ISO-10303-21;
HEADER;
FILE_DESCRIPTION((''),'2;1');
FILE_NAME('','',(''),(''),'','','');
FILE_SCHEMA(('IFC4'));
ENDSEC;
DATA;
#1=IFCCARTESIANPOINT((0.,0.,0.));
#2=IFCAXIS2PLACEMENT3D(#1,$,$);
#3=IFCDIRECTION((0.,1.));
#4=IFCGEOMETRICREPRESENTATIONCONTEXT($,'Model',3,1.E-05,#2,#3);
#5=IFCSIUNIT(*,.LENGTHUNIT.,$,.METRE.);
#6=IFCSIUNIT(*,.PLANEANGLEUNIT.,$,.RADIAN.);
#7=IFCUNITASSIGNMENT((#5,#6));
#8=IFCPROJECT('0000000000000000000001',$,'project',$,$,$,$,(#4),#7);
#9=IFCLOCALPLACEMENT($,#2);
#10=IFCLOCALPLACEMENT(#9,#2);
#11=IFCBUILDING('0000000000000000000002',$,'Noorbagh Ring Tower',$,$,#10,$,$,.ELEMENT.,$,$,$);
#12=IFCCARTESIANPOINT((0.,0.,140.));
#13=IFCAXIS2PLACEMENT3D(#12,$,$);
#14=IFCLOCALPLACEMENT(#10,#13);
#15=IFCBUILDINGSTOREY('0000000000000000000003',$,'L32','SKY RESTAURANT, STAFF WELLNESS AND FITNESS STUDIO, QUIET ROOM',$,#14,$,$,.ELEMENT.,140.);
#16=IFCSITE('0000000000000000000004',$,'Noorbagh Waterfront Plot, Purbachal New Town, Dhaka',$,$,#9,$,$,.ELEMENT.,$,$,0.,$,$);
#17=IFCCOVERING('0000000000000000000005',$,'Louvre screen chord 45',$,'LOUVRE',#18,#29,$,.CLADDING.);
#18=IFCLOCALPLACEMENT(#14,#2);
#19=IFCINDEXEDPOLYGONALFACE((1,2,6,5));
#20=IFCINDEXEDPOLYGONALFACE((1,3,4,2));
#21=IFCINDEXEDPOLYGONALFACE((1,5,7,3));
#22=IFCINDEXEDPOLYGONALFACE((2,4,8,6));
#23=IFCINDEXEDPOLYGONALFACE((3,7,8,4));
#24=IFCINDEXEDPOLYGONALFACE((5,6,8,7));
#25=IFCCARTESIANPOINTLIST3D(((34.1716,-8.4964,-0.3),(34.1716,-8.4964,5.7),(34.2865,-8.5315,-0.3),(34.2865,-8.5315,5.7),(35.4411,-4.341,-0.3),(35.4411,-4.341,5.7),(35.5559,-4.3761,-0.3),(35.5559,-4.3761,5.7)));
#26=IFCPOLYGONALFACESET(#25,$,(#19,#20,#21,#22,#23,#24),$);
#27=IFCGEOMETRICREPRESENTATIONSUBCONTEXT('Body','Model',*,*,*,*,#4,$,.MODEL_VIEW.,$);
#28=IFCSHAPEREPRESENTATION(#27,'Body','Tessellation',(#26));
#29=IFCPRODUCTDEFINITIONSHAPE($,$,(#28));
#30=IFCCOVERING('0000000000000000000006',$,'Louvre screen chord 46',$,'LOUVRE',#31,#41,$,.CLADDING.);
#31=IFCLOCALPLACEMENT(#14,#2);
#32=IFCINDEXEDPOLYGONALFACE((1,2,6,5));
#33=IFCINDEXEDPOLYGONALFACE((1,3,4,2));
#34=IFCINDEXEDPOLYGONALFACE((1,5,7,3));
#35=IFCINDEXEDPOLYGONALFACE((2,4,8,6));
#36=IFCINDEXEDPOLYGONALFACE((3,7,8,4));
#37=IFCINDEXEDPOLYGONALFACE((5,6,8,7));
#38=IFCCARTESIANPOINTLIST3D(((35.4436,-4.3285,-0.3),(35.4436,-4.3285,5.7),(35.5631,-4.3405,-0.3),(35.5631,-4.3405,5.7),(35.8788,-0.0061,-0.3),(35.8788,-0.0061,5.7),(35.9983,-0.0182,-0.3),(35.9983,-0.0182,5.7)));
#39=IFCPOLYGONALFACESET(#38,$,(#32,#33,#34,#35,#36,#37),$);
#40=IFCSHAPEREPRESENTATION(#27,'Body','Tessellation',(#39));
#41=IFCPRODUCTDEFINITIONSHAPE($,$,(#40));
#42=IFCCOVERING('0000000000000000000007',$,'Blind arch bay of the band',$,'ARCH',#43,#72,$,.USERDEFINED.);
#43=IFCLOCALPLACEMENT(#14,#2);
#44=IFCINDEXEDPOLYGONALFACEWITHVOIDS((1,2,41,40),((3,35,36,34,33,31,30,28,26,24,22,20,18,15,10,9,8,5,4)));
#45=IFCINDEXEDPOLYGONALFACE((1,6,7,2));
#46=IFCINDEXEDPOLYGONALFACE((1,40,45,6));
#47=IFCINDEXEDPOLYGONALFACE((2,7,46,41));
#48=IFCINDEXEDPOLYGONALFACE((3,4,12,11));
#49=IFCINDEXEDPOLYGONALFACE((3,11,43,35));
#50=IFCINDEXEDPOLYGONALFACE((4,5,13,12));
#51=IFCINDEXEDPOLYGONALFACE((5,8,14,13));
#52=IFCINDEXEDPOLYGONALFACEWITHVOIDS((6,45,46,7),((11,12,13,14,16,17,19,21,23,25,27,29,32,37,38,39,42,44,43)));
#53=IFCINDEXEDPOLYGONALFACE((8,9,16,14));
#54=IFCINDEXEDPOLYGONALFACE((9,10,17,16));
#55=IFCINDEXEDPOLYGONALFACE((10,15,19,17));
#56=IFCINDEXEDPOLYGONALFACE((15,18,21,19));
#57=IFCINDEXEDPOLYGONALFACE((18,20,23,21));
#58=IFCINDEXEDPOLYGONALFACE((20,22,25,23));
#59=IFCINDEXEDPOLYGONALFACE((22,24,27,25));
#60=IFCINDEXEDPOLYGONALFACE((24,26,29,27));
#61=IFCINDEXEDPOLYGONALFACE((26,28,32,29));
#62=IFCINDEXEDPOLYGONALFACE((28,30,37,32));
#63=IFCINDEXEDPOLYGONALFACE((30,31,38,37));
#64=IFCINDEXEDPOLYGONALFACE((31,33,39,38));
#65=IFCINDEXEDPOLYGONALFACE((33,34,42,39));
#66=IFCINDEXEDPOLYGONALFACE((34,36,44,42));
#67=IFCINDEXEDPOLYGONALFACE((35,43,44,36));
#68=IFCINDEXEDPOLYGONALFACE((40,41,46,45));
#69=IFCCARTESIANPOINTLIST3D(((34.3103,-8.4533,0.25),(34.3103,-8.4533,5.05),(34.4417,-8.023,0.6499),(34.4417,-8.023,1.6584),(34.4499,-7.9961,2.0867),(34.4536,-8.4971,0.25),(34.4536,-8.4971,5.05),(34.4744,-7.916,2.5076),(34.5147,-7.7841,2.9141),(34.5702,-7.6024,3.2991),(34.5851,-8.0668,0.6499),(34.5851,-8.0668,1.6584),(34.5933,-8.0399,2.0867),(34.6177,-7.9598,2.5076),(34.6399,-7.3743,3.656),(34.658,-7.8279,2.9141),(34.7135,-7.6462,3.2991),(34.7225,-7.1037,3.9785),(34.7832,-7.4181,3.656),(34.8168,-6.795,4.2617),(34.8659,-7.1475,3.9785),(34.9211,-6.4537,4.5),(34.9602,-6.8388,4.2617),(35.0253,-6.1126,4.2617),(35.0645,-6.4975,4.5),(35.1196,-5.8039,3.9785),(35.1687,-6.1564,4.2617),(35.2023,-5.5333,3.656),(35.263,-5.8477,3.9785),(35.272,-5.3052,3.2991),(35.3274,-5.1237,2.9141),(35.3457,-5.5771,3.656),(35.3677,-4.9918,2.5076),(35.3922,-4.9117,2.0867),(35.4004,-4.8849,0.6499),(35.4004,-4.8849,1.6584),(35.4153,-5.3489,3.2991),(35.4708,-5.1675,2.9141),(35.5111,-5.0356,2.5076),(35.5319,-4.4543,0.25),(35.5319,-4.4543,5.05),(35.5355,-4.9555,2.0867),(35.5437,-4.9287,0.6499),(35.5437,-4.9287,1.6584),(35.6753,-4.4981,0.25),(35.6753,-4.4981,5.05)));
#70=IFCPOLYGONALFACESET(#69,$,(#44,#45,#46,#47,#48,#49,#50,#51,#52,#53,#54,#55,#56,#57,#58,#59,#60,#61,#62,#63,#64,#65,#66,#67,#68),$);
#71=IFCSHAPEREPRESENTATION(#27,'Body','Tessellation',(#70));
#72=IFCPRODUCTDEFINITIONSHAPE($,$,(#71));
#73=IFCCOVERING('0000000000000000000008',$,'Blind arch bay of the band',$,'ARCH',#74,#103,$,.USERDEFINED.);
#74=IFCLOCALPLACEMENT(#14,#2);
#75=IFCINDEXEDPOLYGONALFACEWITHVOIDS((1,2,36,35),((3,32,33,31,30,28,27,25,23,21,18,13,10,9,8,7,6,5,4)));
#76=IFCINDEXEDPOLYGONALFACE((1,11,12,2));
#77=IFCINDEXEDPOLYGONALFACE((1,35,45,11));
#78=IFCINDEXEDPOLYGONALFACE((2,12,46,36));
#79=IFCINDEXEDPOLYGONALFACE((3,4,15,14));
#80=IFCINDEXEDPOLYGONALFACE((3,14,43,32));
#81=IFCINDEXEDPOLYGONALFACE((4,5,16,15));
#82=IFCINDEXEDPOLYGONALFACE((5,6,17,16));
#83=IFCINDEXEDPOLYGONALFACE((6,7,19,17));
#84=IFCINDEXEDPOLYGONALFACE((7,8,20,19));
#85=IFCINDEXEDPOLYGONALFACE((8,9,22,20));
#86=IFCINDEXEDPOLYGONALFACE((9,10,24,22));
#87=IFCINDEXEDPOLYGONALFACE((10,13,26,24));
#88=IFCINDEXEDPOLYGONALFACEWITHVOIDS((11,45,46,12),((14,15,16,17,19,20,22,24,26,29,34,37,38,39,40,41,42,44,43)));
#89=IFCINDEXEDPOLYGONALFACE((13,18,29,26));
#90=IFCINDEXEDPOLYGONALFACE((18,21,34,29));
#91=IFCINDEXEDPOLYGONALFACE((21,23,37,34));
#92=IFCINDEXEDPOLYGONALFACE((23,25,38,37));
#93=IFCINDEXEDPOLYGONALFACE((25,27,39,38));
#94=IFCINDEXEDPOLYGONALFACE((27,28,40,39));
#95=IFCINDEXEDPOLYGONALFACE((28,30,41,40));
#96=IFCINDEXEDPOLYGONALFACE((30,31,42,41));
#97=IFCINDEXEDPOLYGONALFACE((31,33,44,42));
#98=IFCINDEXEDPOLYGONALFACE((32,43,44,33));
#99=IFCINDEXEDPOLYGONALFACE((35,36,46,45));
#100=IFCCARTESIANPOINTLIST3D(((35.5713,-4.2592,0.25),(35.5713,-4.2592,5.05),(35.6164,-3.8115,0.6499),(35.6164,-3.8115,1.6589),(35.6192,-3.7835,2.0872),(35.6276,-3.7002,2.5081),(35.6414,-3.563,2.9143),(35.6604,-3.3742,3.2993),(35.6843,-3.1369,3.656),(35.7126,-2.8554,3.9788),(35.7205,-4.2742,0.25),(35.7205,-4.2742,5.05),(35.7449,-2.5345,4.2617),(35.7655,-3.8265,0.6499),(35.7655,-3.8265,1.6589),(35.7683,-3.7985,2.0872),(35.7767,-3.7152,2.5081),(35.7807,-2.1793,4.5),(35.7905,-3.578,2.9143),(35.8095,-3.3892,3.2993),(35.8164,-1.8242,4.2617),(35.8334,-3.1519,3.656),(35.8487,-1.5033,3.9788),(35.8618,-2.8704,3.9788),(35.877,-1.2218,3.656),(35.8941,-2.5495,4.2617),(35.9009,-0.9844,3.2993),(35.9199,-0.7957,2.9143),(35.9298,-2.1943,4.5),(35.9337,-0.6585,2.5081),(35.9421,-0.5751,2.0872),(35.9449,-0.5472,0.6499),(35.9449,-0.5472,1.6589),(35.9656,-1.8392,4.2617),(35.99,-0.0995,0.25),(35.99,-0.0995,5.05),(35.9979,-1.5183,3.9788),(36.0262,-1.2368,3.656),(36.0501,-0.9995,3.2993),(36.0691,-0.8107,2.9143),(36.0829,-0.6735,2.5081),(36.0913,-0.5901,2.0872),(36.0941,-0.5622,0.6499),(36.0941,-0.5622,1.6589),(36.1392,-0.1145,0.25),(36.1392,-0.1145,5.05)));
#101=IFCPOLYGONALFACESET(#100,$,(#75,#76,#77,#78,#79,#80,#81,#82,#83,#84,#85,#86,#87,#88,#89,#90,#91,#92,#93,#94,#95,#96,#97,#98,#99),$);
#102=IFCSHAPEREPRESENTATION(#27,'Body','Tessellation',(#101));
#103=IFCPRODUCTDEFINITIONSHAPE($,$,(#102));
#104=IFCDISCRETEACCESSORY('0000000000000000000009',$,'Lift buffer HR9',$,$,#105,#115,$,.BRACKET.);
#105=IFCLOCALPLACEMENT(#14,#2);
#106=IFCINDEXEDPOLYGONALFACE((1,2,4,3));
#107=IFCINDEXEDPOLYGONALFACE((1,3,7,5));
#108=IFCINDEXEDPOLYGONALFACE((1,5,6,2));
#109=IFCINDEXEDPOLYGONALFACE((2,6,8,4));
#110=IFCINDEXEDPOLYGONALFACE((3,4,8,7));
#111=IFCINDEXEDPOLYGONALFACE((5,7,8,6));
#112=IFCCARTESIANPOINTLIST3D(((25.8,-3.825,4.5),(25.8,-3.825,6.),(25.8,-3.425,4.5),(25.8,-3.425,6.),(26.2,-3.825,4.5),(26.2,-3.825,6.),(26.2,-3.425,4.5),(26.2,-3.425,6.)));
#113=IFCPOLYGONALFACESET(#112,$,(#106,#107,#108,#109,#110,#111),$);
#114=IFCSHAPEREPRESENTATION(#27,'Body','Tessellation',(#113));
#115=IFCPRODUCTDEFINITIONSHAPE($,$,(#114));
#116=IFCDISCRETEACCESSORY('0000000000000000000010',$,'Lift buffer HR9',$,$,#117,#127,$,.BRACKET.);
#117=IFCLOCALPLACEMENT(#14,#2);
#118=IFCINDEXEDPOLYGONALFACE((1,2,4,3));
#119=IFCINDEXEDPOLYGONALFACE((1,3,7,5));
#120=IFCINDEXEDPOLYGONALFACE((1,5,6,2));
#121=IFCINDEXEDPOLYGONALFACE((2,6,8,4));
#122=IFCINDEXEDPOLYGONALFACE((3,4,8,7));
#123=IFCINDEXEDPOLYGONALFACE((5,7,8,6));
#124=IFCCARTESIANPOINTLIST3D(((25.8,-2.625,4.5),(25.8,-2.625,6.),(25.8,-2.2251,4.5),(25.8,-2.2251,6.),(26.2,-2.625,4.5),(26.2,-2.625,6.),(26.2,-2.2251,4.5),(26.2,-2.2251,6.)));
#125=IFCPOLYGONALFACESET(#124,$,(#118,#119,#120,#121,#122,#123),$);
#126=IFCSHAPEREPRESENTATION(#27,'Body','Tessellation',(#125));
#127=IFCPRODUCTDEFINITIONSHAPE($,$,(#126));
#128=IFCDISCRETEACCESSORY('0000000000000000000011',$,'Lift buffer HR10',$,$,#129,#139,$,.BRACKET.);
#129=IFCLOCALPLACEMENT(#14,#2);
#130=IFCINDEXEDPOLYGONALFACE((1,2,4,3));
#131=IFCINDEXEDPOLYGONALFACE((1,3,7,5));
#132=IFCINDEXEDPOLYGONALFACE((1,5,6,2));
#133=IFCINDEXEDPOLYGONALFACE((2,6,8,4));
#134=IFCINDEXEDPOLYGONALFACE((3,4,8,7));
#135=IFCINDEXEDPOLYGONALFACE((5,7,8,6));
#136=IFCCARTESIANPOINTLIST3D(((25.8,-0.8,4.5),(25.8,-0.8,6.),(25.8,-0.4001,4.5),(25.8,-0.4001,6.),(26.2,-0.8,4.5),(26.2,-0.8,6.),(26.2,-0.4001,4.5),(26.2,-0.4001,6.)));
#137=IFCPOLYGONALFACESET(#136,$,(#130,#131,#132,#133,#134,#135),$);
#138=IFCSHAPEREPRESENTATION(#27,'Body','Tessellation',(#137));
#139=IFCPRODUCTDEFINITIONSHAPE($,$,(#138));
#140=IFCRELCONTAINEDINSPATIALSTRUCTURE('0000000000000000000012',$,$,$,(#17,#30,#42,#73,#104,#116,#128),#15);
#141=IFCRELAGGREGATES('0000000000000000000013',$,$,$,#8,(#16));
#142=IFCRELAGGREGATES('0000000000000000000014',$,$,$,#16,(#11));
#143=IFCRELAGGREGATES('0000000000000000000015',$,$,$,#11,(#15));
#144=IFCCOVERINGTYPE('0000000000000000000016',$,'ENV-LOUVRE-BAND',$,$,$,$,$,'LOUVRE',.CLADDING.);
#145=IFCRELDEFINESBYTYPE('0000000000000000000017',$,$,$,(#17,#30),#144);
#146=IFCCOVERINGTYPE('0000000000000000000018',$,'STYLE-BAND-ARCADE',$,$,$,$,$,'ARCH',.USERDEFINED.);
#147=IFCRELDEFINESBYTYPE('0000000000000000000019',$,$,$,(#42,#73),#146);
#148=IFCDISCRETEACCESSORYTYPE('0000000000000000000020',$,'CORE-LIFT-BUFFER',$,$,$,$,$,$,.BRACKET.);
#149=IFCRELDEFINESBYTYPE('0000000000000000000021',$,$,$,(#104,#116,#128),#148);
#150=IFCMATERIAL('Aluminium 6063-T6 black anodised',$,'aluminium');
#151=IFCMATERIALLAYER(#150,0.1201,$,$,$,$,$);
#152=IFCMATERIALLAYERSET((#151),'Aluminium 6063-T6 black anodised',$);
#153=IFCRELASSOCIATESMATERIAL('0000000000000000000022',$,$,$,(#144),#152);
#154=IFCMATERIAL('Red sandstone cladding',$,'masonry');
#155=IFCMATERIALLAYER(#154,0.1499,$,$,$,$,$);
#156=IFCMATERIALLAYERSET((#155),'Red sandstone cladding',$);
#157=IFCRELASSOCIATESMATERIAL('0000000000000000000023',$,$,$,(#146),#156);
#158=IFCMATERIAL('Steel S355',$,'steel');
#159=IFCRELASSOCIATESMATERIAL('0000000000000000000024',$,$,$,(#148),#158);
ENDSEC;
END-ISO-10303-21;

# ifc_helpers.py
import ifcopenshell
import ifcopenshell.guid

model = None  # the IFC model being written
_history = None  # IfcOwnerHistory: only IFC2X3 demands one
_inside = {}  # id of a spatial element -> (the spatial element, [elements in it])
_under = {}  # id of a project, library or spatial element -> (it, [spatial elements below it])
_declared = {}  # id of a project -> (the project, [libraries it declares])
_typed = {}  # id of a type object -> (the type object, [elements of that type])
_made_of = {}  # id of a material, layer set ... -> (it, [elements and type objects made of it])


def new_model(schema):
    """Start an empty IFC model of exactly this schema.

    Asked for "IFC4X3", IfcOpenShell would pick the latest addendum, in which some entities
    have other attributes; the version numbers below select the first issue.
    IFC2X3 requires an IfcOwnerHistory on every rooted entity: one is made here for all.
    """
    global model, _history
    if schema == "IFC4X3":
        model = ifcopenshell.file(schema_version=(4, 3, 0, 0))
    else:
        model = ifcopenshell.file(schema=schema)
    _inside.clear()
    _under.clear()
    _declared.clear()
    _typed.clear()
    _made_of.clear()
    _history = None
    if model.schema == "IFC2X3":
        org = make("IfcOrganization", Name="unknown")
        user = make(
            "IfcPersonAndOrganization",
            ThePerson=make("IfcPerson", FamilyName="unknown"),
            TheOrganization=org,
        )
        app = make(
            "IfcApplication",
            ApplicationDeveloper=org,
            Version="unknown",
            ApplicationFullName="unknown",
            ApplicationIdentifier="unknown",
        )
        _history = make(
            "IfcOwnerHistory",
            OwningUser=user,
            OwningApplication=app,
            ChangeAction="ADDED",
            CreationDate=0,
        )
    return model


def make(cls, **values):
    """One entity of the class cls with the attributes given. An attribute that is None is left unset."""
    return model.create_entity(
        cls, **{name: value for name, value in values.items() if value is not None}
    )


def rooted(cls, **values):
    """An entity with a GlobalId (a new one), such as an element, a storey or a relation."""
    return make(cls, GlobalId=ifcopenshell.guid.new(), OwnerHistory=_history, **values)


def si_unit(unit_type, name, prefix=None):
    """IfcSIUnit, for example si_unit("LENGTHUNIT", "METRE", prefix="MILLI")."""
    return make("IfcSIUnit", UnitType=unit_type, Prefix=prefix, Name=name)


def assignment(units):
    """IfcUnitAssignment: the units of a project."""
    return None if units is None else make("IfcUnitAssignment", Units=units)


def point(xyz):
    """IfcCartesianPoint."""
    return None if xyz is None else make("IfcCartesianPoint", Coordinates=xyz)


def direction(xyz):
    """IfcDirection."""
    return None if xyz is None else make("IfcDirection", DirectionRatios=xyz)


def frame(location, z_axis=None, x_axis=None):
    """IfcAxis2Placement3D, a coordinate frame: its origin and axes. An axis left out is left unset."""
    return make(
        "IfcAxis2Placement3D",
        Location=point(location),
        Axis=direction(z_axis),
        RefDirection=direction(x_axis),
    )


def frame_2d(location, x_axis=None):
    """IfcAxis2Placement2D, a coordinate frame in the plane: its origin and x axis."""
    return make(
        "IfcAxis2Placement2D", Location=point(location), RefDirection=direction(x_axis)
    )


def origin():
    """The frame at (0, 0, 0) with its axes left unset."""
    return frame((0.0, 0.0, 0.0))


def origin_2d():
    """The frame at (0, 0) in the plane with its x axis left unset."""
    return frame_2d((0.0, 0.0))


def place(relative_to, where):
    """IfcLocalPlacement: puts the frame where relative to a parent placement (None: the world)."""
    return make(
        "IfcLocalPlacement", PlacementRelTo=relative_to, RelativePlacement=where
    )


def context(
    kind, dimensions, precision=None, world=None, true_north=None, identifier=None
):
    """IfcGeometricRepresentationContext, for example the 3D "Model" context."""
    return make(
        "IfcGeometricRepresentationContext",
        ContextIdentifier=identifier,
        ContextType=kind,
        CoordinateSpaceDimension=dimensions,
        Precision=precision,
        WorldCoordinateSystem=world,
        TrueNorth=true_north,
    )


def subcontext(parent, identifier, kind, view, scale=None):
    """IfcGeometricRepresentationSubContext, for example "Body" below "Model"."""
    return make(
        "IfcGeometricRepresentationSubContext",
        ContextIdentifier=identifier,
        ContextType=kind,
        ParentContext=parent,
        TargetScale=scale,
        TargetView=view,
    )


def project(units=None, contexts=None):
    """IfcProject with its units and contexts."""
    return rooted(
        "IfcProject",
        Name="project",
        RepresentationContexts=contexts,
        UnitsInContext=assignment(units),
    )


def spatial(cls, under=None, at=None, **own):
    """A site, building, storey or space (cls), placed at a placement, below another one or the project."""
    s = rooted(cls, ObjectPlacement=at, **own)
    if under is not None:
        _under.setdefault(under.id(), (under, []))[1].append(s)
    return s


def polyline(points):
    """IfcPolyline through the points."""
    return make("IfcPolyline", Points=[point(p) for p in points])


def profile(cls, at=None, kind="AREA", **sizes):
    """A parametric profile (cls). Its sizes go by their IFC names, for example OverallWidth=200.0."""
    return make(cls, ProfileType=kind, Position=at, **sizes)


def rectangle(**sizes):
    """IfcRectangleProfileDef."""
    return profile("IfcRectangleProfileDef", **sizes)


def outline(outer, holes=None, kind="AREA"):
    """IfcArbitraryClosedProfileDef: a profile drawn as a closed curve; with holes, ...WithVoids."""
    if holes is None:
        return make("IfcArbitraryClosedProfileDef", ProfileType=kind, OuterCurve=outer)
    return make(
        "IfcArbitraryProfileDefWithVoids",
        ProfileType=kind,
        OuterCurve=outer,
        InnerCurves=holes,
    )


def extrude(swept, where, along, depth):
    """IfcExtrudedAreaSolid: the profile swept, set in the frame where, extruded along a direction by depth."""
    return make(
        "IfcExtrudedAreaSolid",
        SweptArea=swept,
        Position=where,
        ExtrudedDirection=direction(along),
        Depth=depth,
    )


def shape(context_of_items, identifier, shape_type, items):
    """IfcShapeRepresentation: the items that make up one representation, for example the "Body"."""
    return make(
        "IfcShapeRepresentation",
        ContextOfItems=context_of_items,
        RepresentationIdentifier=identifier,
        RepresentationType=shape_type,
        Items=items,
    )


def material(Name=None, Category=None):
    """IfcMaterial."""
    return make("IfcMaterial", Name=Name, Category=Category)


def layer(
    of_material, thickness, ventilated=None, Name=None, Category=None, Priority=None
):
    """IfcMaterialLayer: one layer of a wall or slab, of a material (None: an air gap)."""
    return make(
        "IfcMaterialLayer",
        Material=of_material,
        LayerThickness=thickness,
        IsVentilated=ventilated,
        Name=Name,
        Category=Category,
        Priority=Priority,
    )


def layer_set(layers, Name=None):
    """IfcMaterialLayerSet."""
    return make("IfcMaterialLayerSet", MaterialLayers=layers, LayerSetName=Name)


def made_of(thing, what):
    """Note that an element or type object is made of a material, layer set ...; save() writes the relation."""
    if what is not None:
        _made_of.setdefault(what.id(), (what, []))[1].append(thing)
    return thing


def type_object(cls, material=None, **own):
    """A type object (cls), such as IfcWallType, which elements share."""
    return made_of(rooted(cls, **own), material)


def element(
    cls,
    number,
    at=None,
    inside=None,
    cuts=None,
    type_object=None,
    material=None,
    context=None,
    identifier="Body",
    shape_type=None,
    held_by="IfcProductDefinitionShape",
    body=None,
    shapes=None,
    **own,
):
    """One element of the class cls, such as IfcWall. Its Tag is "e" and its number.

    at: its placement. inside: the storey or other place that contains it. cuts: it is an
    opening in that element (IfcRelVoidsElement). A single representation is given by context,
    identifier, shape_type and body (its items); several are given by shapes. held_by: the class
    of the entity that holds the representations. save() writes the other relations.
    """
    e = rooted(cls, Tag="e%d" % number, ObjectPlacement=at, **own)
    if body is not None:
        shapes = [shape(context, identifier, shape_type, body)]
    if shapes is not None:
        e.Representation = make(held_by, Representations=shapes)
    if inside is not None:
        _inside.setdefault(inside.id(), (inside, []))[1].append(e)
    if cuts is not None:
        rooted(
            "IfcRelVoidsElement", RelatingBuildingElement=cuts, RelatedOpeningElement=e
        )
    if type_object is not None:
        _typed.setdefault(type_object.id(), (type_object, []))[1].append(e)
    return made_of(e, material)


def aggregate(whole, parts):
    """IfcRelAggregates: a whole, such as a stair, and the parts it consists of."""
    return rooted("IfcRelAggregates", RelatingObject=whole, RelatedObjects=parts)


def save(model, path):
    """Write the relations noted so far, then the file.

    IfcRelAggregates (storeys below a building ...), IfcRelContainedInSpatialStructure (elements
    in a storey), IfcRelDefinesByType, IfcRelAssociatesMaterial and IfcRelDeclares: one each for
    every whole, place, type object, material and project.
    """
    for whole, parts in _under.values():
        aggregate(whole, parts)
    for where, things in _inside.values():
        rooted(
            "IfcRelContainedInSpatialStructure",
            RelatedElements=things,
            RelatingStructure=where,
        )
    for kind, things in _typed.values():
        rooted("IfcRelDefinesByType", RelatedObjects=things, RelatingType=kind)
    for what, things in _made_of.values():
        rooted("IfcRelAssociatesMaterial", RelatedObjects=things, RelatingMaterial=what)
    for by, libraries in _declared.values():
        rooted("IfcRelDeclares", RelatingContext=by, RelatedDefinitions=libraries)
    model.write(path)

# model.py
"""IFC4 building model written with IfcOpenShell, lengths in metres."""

from ifc_helpers import new_model, si_unit, direction, frame, origin, origin_2d, place, context, subcontext, project, spatial, polyline, rectangle, outline, extrude, material, layer, layer_set, type_object, element, save


model = new_model("IFC4")

# Units and contexts
model_context = context("Model", 3, precision=1e-05, world=origin(), true_north=direction((0.0, 1.0)))
body_context = subcontext(model_context, "Body", "Model", "MODEL_VIEW")
ifc_project = project(units=[si_unit("LENGTHUNIT", "METRE"), si_unit("PLANEANGLEUNIT", "RADIAN")], contexts=[model_context])

# Site, building, storey
site_placement = place(None, origin())
site = spatial("IfcSite", under=ifc_project, at=site_placement, Name="Noorbagh Waterfront Plot, Purbachal New Town, Dhaka", CompositionType="ELEMENT", RefElevation=0.0)
building_placement = place(site_placement, origin())
building = spatial("IfcBuilding", under=site, at=building_placement, Name="Noorbagh Ring Tower", CompositionType="ELEMENT")
storey_placement = place(building_placement, frame((0.0, 0.0, 140.0)))
storey = spatial("IfcBuildingStorey", under=building, at=storey_placement, Name="L32", Description="SKY RESTAURANT, STAFF WELLNESS AND FITNESS STUDIO, QUIET ROOM", CompositionType="ELEMENT", Elevation=140.0)

# Coverings
ifc_material_1 = material(Name="Aluminium 6063-T6 black anodised", Category="aluminium")
ifc_layer_1 = layer(ifc_material_1, 0.1201)
ifc_layer_set_1 = layer_set([ifc_layer_1], Name="Aluminium 6063-T6 black anodised")
covering_type_1 = type_object("IfcCoveringType", Name="ENV-LOUVRE-BAND", ElementType="LOUVRE", PredefinedType="CLADDING", material=ifc_layer_set_1)
covering_1_placement = place(storey_placement, frame((34.8638, -6.4363, -0.3), z_axis=(0.0, 0.0, 1.0), x_axis=(0.29217, 0.956366, 0.0)))
element("IfcCovering", 1, at=covering_1_placement, inside=storey, type_object=covering_type_1, Name="Louvre screen chord 45", ObjectType="LOUVRE", PredefinedType="CLADDING", context=body_context, shape_type="SweptSolid", body=[
    extrude(rectangle(XDim=4.345, YDim=0.1201, at=origin_2d()), origin(), (0.0, 0.0, 1.0), 6.0),
])
covering_2_placement = place(storey_placement, frame((35.7209, -2.1733, -0.3), z_axis=(0.0, 0.0, 1.0), x_axis=(0.100178, 0.99497, 0.0)))
element("IfcCovering", 2, at=covering_2_placement, inside=storey, type_object=covering_type_1, Name="Louvre screen chord 46", ObjectType="LOUVRE", PredefinedType="CLADDING", context=body_context, shape_type="SweptSolid", body=[
    extrude(rectangle(XDim=4.3442, YDim=0.1201, at=origin_2d()), origin(), (0.0, 0.0, 1.0), 6.0),
])
ifc_material_2 = material(Name="Red sandstone cladding", Category="masonry")
ifc_layer_2 = layer(ifc_material_2, 0.1499)
ifc_layer_set_2 = layer_set([ifc_layer_2], Name="Red sandstone cladding")
covering_type_2 = type_object("IfcCoveringType", Name="STYLE-BAND-ARCADE", ElementType="ARCH", PredefinedType="USERDEFINED", material=ifc_layer_set_2)
covering_3_placement = place(storey_placement, frame((34.4536, -8.4971, 0.25), z_axis=(0.956368, -0.292165, 0.0), x_axis=(0.292165, 0.956368, 0.0)))
element("IfcCovering", 3, at=covering_3_placement, inside=storey, type_object=covering_type_2, Name="Blind arch bay of the band", ObjectType="ARCH", PredefinedType="USERDEFINED", context=body_context, shape_type="SweptSolid", body=[
    extrude(outline(polyline([(0.0, 0.0), (4.1814, 0.0), (4.1814, 4.8), (0.0, 4.8), (0.0, 0.0)]), holes=[polyline([(0.45, 0.3999), (0.45, 1.4084), (0.478, 1.8367), (0.5618, 2.2576), (0.6997, 2.6641), (0.8896, 3.0491), (1.1282, 3.406), (1.4111, 3.7285), (1.7339, 4.0117), (2.0908, 4.25), (2.4475, 4.0117), (2.7703, 3.7285), (3.0532, 3.406), (3.2917, 3.0491), (3.4814, 2.6641), (3.6194, 2.2576), (3.7031, 1.8367), (3.7312, 1.4084), (3.7312, 0.3999), (0.45, 0.3999)])]), origin(), (0.0, 0.0, -1.0), 0.1499),
])
covering_4_placement = place(storey_placement, frame((35.7205, -4.2742, 0.25), z_axis=(0.994972, -0.100151, 0.0), x_axis=(0.100151, 0.994972, 0.0)))
element("IfcCovering", 4, at=covering_4_placement, inside=storey, type_object=covering_type_2, Name="Blind arch bay of the band", ObjectType="ARCH", PredefinedType="USERDEFINED", context=body_context, shape_type="SweptSolid", body=[
    extrude(outline(polyline([(0.0, 0.0), (4.1807, 0.0), (4.1807, 4.8), (0.0, 4.8), (0.0, 0.0)]), holes=[polyline([(0.45, 0.3999), (0.45, 1.4089), (0.478, 1.8372), (0.5618, 2.2581), (0.6997, 2.6643), (0.8894, 3.0493), (1.1279, 3.406), (1.4109, 3.7288), (1.7334, 4.0117), (2.0903, 4.25), (2.4473, 4.0117), (2.7698, 3.7288), (3.0527, 3.406), (3.2913, 3.0493), (3.481, 2.6643), (3.6189, 2.2581), (3.7026, 1.8372), (3.7307, 1.4089), (3.7307, 0.3999), (0.45, 0.3999)])]), origin(), (0.0, 0.0, -1.0), 0.1499),
])

# Discrete accessories
ifc_material_3 = material(Name="Steel S355", Category="steel")
discrete_accessory_type = type_object("IfcDiscreteAccessoryType", Name="CORE-LIFT-BUFFER", PredefinedType="BRACKET", material=ifc_material_3)
for number, where, z_axis, x_axis, name in (
    (5, (26.0, -3.625, 4.5), (0.0, 0.0, 1.0), (1.0, 0.0, 0.0), "Lift buffer HR9"),
    (6, (26.0, -2.425, 4.5), (0.0, 0.0, 1.0), (1.0, 0.0, 0.0), "Lift buffer HR9"),
    (7, (26.0, -0.6001, 4.5), (0.0, 0.0, 1.0), (1.0, 0.0, 0.0), "Lift buffer HR10"),
):
    element("IfcDiscreteAccessory", number, at=place(storey_placement, frame(where, z_axis=z_axis, x_axis=x_axis)), inside=storey, type_object=discrete_accessory_type, Name=name, PredefinedType="BRACKET", context=body_context, shape_type="SweptSolid", body=[
        extrude(rectangle(XDim=0.3999, YDim=0.3999, at=origin_2d()), origin(), (0.0, 0.0, 1.0), 1.5),
    ])

save(model, "model.ifc")
